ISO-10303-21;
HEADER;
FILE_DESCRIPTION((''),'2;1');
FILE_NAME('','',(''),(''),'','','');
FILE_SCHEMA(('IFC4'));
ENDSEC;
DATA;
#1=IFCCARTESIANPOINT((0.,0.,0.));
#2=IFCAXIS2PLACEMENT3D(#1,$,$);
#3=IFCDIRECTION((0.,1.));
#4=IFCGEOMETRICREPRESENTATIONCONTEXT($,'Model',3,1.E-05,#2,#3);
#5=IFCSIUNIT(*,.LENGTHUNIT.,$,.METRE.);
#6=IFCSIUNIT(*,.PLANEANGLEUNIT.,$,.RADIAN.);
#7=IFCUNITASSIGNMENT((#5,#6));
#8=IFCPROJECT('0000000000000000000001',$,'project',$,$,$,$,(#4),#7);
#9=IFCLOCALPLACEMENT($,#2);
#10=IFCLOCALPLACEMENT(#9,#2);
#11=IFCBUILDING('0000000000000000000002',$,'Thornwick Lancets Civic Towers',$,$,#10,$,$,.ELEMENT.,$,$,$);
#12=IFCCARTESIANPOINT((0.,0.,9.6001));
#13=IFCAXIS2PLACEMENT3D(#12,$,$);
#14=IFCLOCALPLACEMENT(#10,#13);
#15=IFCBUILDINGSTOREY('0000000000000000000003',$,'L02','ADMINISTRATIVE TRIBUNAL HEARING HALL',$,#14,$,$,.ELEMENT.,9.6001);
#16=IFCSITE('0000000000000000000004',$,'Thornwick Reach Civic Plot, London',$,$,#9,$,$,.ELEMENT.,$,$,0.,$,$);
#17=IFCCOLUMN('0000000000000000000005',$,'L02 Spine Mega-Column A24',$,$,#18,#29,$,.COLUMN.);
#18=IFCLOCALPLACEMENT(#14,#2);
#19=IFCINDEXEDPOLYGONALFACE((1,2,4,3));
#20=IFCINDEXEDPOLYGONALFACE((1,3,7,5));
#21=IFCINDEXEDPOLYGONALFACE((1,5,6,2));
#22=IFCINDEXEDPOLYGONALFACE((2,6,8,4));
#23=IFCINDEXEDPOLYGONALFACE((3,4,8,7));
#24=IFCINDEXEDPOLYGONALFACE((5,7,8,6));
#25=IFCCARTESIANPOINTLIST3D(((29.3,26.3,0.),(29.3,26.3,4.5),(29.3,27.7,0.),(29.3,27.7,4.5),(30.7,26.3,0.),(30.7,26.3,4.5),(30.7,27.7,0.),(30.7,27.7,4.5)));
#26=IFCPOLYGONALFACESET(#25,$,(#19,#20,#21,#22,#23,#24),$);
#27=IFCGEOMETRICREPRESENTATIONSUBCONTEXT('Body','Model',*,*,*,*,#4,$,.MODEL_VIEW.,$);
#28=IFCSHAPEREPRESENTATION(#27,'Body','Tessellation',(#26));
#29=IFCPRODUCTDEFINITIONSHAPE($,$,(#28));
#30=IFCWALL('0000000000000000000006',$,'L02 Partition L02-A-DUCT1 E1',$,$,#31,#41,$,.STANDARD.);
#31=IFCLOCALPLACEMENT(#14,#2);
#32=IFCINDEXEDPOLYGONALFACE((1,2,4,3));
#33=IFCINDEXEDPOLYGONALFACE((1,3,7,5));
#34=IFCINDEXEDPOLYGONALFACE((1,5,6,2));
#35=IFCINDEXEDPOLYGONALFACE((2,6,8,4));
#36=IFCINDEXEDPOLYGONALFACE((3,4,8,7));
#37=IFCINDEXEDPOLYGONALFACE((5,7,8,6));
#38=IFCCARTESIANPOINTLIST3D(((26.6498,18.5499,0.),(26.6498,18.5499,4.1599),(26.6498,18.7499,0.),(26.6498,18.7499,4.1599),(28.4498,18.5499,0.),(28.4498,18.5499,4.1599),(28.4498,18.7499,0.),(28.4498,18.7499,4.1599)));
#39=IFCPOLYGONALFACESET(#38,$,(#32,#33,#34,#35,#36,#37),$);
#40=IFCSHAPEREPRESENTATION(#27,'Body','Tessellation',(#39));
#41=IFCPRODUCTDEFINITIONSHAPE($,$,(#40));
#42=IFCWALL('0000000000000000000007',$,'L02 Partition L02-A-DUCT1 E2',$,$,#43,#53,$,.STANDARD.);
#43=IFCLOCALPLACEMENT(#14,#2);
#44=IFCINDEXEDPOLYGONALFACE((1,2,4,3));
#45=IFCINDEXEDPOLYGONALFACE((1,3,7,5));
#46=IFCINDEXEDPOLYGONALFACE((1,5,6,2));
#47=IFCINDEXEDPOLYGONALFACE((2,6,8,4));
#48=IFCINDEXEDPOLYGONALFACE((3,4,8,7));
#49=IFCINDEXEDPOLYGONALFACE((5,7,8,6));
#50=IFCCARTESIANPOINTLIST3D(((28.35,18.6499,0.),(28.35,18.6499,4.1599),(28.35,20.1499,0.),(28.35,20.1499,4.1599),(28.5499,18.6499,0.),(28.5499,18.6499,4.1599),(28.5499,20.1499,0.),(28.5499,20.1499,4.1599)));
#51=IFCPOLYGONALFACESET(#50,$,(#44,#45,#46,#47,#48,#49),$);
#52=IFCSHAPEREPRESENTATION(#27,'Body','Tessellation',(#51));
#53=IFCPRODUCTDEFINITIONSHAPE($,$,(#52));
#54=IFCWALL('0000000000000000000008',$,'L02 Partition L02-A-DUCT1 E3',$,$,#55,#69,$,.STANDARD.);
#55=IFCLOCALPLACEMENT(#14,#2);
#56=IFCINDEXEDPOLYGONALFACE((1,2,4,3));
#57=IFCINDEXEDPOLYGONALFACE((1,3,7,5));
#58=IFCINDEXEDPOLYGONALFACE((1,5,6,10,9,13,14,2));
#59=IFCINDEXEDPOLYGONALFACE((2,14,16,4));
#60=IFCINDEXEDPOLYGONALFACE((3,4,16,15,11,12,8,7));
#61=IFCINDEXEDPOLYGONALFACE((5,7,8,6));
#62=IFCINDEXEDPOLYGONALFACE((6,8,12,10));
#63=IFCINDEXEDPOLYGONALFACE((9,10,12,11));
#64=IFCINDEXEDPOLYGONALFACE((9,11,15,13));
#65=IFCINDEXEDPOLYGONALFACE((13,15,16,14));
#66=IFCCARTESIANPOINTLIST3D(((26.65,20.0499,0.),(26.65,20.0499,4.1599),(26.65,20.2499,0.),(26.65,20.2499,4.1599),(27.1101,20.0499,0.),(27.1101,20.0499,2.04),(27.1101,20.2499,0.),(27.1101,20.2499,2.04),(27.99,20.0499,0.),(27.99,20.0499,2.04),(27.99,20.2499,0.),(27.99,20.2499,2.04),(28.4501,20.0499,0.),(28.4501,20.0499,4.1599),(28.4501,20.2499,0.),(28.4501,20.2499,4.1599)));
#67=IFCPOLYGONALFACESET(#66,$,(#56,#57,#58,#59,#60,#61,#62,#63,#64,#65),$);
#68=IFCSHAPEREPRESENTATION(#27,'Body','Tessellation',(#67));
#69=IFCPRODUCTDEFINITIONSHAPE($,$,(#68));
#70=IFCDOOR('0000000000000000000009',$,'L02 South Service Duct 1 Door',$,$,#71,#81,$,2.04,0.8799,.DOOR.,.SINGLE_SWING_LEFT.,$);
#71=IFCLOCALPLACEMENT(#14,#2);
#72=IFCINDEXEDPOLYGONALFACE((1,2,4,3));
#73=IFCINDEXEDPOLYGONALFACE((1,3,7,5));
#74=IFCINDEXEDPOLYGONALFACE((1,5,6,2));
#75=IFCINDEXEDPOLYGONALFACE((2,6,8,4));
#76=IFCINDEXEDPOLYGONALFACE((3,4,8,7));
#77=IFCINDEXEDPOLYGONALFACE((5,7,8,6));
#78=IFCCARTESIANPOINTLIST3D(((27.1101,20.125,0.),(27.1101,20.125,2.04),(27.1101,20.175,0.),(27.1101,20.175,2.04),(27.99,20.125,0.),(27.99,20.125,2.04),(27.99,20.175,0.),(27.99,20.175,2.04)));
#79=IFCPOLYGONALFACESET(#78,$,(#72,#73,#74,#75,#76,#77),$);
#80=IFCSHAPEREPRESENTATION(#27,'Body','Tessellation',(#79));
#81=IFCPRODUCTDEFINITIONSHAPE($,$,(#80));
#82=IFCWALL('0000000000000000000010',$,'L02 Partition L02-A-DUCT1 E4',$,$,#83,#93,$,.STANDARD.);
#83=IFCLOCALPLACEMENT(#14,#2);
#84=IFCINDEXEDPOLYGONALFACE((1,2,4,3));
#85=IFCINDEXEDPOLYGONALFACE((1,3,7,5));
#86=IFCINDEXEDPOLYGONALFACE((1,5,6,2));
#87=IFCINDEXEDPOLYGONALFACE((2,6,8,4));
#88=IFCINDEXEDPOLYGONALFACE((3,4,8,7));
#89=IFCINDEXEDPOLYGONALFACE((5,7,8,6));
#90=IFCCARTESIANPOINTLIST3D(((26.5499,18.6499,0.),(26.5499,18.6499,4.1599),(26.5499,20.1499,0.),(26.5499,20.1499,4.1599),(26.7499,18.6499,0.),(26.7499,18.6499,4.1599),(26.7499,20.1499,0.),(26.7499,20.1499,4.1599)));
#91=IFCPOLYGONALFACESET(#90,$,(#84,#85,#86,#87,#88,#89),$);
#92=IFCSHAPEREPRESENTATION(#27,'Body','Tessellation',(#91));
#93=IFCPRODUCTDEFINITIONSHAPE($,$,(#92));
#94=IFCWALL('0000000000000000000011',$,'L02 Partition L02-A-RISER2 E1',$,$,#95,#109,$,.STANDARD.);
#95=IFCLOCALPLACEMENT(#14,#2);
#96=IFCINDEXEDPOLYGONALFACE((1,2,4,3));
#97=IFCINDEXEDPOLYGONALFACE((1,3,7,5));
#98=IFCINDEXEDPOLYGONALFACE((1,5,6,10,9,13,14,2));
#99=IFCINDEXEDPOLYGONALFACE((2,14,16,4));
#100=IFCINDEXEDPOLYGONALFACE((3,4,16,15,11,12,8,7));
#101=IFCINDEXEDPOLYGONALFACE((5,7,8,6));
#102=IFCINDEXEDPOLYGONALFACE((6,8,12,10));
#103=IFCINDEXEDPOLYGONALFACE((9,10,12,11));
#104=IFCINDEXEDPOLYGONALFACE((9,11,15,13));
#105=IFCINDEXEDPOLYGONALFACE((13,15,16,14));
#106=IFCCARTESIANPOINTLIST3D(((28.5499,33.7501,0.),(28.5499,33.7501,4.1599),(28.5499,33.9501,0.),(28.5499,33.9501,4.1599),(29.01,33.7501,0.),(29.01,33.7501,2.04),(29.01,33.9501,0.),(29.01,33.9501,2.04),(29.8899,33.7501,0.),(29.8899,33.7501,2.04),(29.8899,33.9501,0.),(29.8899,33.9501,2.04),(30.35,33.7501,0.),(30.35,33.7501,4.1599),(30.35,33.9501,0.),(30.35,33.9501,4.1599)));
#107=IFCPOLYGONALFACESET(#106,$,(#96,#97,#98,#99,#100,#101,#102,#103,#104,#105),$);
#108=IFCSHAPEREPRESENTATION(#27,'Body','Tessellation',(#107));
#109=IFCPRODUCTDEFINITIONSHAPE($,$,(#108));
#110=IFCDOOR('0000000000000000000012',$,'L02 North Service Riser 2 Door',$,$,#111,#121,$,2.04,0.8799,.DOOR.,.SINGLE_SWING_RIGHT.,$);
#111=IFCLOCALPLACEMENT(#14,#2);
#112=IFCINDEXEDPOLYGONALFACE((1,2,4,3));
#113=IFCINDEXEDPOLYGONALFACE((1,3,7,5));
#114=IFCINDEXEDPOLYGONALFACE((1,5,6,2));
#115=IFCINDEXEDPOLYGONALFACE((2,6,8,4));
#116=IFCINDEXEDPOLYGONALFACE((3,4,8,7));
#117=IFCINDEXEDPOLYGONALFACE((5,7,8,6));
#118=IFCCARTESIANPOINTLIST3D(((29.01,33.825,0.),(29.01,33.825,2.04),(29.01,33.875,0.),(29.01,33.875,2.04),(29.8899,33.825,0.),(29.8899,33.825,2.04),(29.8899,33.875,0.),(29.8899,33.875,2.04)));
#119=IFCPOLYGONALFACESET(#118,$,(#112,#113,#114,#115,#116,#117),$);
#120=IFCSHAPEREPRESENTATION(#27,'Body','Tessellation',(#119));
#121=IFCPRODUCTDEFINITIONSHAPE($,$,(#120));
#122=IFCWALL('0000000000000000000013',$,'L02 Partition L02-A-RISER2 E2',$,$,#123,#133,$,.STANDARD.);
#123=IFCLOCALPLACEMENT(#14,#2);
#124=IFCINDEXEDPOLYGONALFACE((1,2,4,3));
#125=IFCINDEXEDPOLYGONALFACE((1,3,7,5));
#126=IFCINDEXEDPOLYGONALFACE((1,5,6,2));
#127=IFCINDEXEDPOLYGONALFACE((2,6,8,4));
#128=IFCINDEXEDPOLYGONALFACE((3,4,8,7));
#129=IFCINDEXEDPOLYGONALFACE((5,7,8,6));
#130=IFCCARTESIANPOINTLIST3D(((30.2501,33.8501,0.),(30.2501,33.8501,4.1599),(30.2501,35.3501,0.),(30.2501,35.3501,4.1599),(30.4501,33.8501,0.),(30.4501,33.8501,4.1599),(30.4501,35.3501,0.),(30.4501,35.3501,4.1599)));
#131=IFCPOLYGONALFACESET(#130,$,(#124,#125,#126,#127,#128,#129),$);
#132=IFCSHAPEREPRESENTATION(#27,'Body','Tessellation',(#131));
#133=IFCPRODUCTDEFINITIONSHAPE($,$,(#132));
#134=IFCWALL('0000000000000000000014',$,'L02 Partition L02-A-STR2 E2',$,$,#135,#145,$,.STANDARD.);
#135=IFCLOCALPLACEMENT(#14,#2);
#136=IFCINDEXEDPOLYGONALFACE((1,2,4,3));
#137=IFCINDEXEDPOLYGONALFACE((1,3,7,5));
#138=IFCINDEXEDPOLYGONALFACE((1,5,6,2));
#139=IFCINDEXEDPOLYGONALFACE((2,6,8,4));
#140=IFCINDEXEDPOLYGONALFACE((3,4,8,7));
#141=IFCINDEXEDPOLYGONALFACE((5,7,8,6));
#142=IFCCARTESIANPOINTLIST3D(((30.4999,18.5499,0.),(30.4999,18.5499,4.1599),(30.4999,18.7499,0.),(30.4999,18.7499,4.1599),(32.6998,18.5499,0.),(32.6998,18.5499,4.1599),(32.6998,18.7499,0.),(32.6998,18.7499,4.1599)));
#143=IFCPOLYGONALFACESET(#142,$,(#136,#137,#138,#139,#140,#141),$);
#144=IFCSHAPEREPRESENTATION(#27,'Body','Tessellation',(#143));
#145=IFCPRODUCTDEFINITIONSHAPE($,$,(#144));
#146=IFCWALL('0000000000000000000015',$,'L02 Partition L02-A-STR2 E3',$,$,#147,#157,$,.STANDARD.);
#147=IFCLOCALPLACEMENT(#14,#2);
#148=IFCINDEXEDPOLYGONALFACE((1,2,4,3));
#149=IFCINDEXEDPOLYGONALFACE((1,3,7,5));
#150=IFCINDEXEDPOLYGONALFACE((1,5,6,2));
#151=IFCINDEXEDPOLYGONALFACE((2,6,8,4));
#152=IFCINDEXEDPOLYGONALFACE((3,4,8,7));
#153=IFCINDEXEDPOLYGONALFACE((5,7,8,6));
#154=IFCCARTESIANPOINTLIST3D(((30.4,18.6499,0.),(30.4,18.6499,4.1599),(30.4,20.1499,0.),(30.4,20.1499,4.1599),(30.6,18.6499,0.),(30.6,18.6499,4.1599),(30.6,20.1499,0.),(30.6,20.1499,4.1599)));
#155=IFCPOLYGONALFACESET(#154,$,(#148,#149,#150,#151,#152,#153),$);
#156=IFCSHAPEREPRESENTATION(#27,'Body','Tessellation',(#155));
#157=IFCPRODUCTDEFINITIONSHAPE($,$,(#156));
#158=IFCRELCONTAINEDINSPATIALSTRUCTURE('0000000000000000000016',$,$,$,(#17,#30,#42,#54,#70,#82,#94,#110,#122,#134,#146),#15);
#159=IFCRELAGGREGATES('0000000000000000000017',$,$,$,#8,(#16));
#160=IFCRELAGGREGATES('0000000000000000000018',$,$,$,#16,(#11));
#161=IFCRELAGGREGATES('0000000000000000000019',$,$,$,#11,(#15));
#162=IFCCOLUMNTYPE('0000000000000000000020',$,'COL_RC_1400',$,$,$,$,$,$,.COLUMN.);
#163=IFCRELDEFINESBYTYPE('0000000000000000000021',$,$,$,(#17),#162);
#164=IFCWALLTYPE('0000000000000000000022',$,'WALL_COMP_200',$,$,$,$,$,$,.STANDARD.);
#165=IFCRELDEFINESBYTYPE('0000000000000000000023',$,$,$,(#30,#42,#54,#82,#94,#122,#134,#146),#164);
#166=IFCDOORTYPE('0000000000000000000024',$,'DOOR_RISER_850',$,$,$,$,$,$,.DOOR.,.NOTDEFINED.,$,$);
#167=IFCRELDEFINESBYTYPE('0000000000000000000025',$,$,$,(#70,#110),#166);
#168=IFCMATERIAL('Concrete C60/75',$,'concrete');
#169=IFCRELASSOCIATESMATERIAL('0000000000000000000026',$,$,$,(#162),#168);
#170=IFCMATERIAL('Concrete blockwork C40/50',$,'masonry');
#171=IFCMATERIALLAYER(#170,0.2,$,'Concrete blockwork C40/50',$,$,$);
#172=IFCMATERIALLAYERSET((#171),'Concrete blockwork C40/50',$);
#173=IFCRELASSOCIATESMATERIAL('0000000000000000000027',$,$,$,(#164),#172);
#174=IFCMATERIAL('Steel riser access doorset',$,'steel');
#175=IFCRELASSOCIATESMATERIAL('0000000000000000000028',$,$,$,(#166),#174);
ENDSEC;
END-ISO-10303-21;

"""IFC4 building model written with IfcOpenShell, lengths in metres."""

from ifc_helpers import new_model, si_unit, direction, frame, frame_2d, origin, origin_2d, place, context, subcontext, project, spatial, rectangle, extrude, material, layer, layer_set, material_profile, profile_set, type_object, element, fill, save


model = new_model("IFC4")

# Units and contexts
model_context = context("Model", 3, precision=1e-05, world=origin(), true_north=direction((0.0, 1.0)))
body_context = subcontext(model_context, "Body", "Model", "MODEL_VIEW")
ifc_project = project(units=[si_unit("LENGTHUNIT", "METRE"), si_unit("PLANEANGLEUNIT", "RADIAN")], contexts=[model_context])

# Site, building, storey
site_placement = place(None, origin())
site = spatial("IfcSite", under=ifc_project, at=site_placement, Name="Thornwick Reach Civic Plot, London", CompositionType="ELEMENT", RefElevation=0.0)
building_placement = place(site_placement, origin())
building = spatial("IfcBuilding", under=site, at=building_placement, Name="Thornwick Lancets Civic Towers", CompositionType="ELEMENT")
storey_placement = place(building_placement, frame((0.0, 0.0, 9.6001)))
storey = spatial("IfcBuildingStorey", under=building, at=storey_placement, Name="L02", Description="ADMINISTRATIVE TRIBUNAL HEARING HALL", CompositionType="ELEMENT", Elevation=9.6001)

# Column
ifc_material_1 = material(Name="Concrete C60/75", Category="concrete")
ifc_material_profile = material_profile(ifc_material_1, rectangle(XDim=1.3999, YDim=1.3999, at=origin_2d()), Name="RC 1400x1400")
ifc_profile_set = profile_set([ifc_material_profile], Name="Concrete C60/75")
column_type = type_object("IfcColumnType", Name="COL_RC_1400", PredefinedType="COLUMN", material=ifc_profile_set)
column_placement = place(storey_placement, frame((30.0, 27.0, 0.0), z_axis=(0.0, 0.0, 1.0), x_axis=(1.0, 0.0, 0.0)))
element("IfcColumn", 1, at=column_placement, inside=storey, type_object=column_type, Name="L02 Spine Mega-Column A24", PredefinedType="COLUMN", context=body_context, shape_type="SweptSolid", body=[
    extrude(rectangle(XDim=1.3999, YDim=1.3999, at=origin_2d()), origin(), (0.0, 0.0, 1.0), 4.5),
])

# Walls
ifc_material_2 = material(Name="Concrete blockwork C40/50", Category="masonry")
ifc_layer_1 = layer(ifc_material_2, 0.2, Name="Concrete blockwork C40/50")
ifc_layer_set_1 = layer_set([ifc_layer_1], Name="Concrete blockwork C40/50")
wall_type_1 = type_object("IfcWallType", Name="WALL_COMP_200", PredefinedType="STANDARD", material=ifc_layer_set_1)
wall_1_placement = place(storey_placement, frame((26.6499, 18.6499, 0.0), z_axis=(0.0, 0.0, 1.0), x_axis=(1.0, 0.0, 0.0)))
element("IfcWall", 2, at=wall_1_placement, inside=storey, type_object=wall_type_1, Name="L02 Partition L02-A-DUCT1 E1", PredefinedType="STANDARD", context=body_context, shape_type="SweptSolid", body=[
    extrude(rectangle(XDim=1.8, YDim=0.2, at=frame_2d((0.8999, 0.0))), origin(), (0.0, 0.0, 1.0), 4.1599),
])
wall_2_placement = place(storey_placement, frame((28.45, 18.6499, 0.0), z_axis=(0.0, 0.0, 1.0), x_axis=(0.0, 1.0, 0.0)))
element("IfcWall", 3, at=wall_2_placement, inside=storey, type_object=wall_type_1, Name="L02 Partition L02-A-DUCT1 E2", PredefinedType="STANDARD", context=body_context, shape_type="SweptSolid", body=[
    extrude(rectangle(XDim=1.5, YDim=0.2, at=frame_2d((0.75, 0.0))), origin(), (0.0, 0.0, 1.0), 4.1599),
])

# Wall, opening, door
wall_3_placement = place(storey_placement, frame((28.45, 20.1499, 0.0), z_axis=(0.0, 0.0, 1.0), x_axis=(-1.0, 0.0, 0.0)))
wall_3 = element("IfcWall", 4, at=wall_3_placement, inside=storey, type_object=wall_type_1, Name="L02 Partition L02-A-DUCT1 E3", PredefinedType="STANDARD", context=body_context, shape_type="SweptSolid", body=[
    extrude(rectangle(XDim=1.8, YDim=0.2, at=frame_2d((0.8999, 0.0))), origin(), (0.0, 0.0, 1.0), 4.1599),
])
opening_1_placement = place(wall_3_placement, frame((0.46, 0.0, 0.0)))
opening_1 = element("IfcOpeningElement", 5, at=opening_1_placement, cuts=wall_3, PredefinedType="OPENING", context=body_context, shape_type="SweptSolid", body=[
    extrude(rectangle(XDim=0.8799, YDim=2.04, at=frame_2d((0.4399, 1.02))), frame((0.0, 0.1099, 0.0), z_axis=(0.0, -1.0, 0.0), x_axis=(1.0, 0.0, 0.0)), (0.0, 0.0, 1.0), 0.22),
])
ifc_material_3 = material(Name="Steel riser access doorset", Category="steel")
door_type_1 = type_object("IfcDoorType", Name="DOOR_RISER_850", OperationType="NOTDEFINED", PredefinedType="DOOR", material=ifc_material_3)
door_1_placement = place(opening_1_placement, origin())
door_1 = element("IfcDoor", 6, at=door_1_placement, inside=storey, type_object=door_type_1, Name="L02 South Service Duct 1 Door", OperationType="SINGLE_SWING_LEFT", OverallHeight=2.04, OverallWidth=0.8799, PredefinedType="DOOR", context=body_context, shape_type="SweptSolid", body=[
    extrude(rectangle(XDim=0.8799, YDim=2.04, at=frame_2d((0.4399, 1.02))), frame((0.0, 0.0249, 0.0), z_axis=(0.0, -1.0, 0.0), x_axis=(1.0, 0.0, 0.0)), (0.0, 0.0, 1.0), 0.05),
])
fill(opening_1, door_1)

# Wall
wall_4_placement = place(storey_placement, frame((26.6499, 20.1499, 0.0), z_axis=(0.0, 0.0, 1.0), x_axis=(0.0, -1.0, 0.0)))
element("IfcWall", 7, at=wall_4_placement, inside=storey, type_object=wall_type_1, Name="L02 Partition L02-A-DUCT1 E4", PredefinedType="STANDARD", context=body_context, shape_type="SweptSolid", body=[
    extrude(rectangle(XDim=1.5, YDim=0.2, at=frame_2d((0.75, 0.0))), origin(), (0.0, 0.0, 1.0), 4.1599),
])

# Wall, opening, door
wall_5_placement = place(storey_placement, frame((28.55, 33.8501, 0.0), z_axis=(0.0, 0.0, 1.0), x_axis=(1.0, 0.0, 0.0)))
wall_5 = element("IfcWall", 8, at=wall_5_placement, inside=storey, type_object=wall_type_1, Name="L02 Partition L02-A-RISER2 E1", PredefinedType="STANDARD", context=body_context, shape_type="SweptSolid", body=[
    extrude(rectangle(XDim=1.8, YDim=0.2, at=frame_2d((0.8999, 0.0))), origin(), (0.0, 0.0, 1.0), 4.1599),
])
opening_2_placement = place(wall_5_placement, frame((0.46, 0.0, 0.0)))
opening_2 = element("IfcOpeningElement", 9, at=opening_2_placement, cuts=wall_5, PredefinedType="OPENING", context=body_context, shape_type="SweptSolid", body=[
    extrude(rectangle(XDim=0.8799, YDim=2.04, at=frame_2d((0.4399, 1.02))), frame((0.0, 0.1099, 0.0), z_axis=(0.0, -1.0, 0.0), x_axis=(1.0, 0.0, 0.0)), (0.0, 0.0, 1.0), 0.22),
])
door_2_placement = place(opening_2_placement, origin())
door_2 = element("IfcDoor", 10, at=door_2_placement, inside=storey, type_object=door_type_1, Name="L02 North Service Riser 2 Door", OperationType="SINGLE_SWING_RIGHT", OverallHeight=2.04, OverallWidth=0.8799, PredefinedType="DOOR", context=body_context, shape_type="SweptSolid", body=[
    extrude(rectangle(XDim=0.8799, YDim=2.04, at=frame_2d((0.4399, 1.02))), frame((0.0, 0.0249, 0.0), z_axis=(0.0, -1.0, 0.0), x_axis=(1.0, 0.0, 0.0)), (0.0, 0.0, 1.0), 0.05),
])
fill(opening_2, door_2)

# Walls
wall_6_placement = place(storey_placement, frame((30.3501, 33.8501, 0.0), z_axis=(0.0, 0.0, 1.0), x_axis=(0.0, 1.0, 0.0)))
element("IfcWall", 11, at=wall_6_placement, inside=storey, type_object=wall_type_1, Name="L02 Partition L02-A-RISER2 E2", PredefinedType="STANDARD", context=body_context, shape_type="SweptSolid", body=[
    extrude(rectangle(XDim=1.5, YDim=0.2, at=frame_2d((0.75, 0.0))), origin(), (0.0, 0.0, 1.0), 4.1599),
])
wall_7_placement = place(storey_placement, frame((32.7, 18.6499, 0.0), z_axis=(0.0, 0.0, 1.0), x_axis=(-1.0, 0.0, 0.0)))
element("IfcWall", 12, at=wall_7_placement, inside=storey, type_object=wall_type_1, Name="L02 Partition L02-A-STR2 E2", PredefinedType="STANDARD", context=body_context, shape_type="SweptSolid", body=[
    extrude(rectangle(XDim=2.2, YDim=0.2, at=frame_2d((1.1001, 0.0))), origin(), (0.0, 0.0, 1.0), 4.1599),
])
wall_8_placement = place(storey_placement, frame((30.5, 18.6499, 0.0), z_axis=(0.0, 0.0, 1.0), x_axis=(0.0, 1.0, 0.0)))
element("IfcWall", 13, at=wall_8_placement, inside=storey, type_object=wall_type_1, Name="L02 Partition L02-A-STR2 E3", PredefinedType="STANDARD", context=body_context, shape_type="SweptSolid", body=[
    extrude(rectangle(XDim=1.5, YDim=0.2, at=frame_2d((0.75, 0.0))), origin(), (0.0, 0.0, 1.0), 4.1599),
])

save(model, "model.ifc")
